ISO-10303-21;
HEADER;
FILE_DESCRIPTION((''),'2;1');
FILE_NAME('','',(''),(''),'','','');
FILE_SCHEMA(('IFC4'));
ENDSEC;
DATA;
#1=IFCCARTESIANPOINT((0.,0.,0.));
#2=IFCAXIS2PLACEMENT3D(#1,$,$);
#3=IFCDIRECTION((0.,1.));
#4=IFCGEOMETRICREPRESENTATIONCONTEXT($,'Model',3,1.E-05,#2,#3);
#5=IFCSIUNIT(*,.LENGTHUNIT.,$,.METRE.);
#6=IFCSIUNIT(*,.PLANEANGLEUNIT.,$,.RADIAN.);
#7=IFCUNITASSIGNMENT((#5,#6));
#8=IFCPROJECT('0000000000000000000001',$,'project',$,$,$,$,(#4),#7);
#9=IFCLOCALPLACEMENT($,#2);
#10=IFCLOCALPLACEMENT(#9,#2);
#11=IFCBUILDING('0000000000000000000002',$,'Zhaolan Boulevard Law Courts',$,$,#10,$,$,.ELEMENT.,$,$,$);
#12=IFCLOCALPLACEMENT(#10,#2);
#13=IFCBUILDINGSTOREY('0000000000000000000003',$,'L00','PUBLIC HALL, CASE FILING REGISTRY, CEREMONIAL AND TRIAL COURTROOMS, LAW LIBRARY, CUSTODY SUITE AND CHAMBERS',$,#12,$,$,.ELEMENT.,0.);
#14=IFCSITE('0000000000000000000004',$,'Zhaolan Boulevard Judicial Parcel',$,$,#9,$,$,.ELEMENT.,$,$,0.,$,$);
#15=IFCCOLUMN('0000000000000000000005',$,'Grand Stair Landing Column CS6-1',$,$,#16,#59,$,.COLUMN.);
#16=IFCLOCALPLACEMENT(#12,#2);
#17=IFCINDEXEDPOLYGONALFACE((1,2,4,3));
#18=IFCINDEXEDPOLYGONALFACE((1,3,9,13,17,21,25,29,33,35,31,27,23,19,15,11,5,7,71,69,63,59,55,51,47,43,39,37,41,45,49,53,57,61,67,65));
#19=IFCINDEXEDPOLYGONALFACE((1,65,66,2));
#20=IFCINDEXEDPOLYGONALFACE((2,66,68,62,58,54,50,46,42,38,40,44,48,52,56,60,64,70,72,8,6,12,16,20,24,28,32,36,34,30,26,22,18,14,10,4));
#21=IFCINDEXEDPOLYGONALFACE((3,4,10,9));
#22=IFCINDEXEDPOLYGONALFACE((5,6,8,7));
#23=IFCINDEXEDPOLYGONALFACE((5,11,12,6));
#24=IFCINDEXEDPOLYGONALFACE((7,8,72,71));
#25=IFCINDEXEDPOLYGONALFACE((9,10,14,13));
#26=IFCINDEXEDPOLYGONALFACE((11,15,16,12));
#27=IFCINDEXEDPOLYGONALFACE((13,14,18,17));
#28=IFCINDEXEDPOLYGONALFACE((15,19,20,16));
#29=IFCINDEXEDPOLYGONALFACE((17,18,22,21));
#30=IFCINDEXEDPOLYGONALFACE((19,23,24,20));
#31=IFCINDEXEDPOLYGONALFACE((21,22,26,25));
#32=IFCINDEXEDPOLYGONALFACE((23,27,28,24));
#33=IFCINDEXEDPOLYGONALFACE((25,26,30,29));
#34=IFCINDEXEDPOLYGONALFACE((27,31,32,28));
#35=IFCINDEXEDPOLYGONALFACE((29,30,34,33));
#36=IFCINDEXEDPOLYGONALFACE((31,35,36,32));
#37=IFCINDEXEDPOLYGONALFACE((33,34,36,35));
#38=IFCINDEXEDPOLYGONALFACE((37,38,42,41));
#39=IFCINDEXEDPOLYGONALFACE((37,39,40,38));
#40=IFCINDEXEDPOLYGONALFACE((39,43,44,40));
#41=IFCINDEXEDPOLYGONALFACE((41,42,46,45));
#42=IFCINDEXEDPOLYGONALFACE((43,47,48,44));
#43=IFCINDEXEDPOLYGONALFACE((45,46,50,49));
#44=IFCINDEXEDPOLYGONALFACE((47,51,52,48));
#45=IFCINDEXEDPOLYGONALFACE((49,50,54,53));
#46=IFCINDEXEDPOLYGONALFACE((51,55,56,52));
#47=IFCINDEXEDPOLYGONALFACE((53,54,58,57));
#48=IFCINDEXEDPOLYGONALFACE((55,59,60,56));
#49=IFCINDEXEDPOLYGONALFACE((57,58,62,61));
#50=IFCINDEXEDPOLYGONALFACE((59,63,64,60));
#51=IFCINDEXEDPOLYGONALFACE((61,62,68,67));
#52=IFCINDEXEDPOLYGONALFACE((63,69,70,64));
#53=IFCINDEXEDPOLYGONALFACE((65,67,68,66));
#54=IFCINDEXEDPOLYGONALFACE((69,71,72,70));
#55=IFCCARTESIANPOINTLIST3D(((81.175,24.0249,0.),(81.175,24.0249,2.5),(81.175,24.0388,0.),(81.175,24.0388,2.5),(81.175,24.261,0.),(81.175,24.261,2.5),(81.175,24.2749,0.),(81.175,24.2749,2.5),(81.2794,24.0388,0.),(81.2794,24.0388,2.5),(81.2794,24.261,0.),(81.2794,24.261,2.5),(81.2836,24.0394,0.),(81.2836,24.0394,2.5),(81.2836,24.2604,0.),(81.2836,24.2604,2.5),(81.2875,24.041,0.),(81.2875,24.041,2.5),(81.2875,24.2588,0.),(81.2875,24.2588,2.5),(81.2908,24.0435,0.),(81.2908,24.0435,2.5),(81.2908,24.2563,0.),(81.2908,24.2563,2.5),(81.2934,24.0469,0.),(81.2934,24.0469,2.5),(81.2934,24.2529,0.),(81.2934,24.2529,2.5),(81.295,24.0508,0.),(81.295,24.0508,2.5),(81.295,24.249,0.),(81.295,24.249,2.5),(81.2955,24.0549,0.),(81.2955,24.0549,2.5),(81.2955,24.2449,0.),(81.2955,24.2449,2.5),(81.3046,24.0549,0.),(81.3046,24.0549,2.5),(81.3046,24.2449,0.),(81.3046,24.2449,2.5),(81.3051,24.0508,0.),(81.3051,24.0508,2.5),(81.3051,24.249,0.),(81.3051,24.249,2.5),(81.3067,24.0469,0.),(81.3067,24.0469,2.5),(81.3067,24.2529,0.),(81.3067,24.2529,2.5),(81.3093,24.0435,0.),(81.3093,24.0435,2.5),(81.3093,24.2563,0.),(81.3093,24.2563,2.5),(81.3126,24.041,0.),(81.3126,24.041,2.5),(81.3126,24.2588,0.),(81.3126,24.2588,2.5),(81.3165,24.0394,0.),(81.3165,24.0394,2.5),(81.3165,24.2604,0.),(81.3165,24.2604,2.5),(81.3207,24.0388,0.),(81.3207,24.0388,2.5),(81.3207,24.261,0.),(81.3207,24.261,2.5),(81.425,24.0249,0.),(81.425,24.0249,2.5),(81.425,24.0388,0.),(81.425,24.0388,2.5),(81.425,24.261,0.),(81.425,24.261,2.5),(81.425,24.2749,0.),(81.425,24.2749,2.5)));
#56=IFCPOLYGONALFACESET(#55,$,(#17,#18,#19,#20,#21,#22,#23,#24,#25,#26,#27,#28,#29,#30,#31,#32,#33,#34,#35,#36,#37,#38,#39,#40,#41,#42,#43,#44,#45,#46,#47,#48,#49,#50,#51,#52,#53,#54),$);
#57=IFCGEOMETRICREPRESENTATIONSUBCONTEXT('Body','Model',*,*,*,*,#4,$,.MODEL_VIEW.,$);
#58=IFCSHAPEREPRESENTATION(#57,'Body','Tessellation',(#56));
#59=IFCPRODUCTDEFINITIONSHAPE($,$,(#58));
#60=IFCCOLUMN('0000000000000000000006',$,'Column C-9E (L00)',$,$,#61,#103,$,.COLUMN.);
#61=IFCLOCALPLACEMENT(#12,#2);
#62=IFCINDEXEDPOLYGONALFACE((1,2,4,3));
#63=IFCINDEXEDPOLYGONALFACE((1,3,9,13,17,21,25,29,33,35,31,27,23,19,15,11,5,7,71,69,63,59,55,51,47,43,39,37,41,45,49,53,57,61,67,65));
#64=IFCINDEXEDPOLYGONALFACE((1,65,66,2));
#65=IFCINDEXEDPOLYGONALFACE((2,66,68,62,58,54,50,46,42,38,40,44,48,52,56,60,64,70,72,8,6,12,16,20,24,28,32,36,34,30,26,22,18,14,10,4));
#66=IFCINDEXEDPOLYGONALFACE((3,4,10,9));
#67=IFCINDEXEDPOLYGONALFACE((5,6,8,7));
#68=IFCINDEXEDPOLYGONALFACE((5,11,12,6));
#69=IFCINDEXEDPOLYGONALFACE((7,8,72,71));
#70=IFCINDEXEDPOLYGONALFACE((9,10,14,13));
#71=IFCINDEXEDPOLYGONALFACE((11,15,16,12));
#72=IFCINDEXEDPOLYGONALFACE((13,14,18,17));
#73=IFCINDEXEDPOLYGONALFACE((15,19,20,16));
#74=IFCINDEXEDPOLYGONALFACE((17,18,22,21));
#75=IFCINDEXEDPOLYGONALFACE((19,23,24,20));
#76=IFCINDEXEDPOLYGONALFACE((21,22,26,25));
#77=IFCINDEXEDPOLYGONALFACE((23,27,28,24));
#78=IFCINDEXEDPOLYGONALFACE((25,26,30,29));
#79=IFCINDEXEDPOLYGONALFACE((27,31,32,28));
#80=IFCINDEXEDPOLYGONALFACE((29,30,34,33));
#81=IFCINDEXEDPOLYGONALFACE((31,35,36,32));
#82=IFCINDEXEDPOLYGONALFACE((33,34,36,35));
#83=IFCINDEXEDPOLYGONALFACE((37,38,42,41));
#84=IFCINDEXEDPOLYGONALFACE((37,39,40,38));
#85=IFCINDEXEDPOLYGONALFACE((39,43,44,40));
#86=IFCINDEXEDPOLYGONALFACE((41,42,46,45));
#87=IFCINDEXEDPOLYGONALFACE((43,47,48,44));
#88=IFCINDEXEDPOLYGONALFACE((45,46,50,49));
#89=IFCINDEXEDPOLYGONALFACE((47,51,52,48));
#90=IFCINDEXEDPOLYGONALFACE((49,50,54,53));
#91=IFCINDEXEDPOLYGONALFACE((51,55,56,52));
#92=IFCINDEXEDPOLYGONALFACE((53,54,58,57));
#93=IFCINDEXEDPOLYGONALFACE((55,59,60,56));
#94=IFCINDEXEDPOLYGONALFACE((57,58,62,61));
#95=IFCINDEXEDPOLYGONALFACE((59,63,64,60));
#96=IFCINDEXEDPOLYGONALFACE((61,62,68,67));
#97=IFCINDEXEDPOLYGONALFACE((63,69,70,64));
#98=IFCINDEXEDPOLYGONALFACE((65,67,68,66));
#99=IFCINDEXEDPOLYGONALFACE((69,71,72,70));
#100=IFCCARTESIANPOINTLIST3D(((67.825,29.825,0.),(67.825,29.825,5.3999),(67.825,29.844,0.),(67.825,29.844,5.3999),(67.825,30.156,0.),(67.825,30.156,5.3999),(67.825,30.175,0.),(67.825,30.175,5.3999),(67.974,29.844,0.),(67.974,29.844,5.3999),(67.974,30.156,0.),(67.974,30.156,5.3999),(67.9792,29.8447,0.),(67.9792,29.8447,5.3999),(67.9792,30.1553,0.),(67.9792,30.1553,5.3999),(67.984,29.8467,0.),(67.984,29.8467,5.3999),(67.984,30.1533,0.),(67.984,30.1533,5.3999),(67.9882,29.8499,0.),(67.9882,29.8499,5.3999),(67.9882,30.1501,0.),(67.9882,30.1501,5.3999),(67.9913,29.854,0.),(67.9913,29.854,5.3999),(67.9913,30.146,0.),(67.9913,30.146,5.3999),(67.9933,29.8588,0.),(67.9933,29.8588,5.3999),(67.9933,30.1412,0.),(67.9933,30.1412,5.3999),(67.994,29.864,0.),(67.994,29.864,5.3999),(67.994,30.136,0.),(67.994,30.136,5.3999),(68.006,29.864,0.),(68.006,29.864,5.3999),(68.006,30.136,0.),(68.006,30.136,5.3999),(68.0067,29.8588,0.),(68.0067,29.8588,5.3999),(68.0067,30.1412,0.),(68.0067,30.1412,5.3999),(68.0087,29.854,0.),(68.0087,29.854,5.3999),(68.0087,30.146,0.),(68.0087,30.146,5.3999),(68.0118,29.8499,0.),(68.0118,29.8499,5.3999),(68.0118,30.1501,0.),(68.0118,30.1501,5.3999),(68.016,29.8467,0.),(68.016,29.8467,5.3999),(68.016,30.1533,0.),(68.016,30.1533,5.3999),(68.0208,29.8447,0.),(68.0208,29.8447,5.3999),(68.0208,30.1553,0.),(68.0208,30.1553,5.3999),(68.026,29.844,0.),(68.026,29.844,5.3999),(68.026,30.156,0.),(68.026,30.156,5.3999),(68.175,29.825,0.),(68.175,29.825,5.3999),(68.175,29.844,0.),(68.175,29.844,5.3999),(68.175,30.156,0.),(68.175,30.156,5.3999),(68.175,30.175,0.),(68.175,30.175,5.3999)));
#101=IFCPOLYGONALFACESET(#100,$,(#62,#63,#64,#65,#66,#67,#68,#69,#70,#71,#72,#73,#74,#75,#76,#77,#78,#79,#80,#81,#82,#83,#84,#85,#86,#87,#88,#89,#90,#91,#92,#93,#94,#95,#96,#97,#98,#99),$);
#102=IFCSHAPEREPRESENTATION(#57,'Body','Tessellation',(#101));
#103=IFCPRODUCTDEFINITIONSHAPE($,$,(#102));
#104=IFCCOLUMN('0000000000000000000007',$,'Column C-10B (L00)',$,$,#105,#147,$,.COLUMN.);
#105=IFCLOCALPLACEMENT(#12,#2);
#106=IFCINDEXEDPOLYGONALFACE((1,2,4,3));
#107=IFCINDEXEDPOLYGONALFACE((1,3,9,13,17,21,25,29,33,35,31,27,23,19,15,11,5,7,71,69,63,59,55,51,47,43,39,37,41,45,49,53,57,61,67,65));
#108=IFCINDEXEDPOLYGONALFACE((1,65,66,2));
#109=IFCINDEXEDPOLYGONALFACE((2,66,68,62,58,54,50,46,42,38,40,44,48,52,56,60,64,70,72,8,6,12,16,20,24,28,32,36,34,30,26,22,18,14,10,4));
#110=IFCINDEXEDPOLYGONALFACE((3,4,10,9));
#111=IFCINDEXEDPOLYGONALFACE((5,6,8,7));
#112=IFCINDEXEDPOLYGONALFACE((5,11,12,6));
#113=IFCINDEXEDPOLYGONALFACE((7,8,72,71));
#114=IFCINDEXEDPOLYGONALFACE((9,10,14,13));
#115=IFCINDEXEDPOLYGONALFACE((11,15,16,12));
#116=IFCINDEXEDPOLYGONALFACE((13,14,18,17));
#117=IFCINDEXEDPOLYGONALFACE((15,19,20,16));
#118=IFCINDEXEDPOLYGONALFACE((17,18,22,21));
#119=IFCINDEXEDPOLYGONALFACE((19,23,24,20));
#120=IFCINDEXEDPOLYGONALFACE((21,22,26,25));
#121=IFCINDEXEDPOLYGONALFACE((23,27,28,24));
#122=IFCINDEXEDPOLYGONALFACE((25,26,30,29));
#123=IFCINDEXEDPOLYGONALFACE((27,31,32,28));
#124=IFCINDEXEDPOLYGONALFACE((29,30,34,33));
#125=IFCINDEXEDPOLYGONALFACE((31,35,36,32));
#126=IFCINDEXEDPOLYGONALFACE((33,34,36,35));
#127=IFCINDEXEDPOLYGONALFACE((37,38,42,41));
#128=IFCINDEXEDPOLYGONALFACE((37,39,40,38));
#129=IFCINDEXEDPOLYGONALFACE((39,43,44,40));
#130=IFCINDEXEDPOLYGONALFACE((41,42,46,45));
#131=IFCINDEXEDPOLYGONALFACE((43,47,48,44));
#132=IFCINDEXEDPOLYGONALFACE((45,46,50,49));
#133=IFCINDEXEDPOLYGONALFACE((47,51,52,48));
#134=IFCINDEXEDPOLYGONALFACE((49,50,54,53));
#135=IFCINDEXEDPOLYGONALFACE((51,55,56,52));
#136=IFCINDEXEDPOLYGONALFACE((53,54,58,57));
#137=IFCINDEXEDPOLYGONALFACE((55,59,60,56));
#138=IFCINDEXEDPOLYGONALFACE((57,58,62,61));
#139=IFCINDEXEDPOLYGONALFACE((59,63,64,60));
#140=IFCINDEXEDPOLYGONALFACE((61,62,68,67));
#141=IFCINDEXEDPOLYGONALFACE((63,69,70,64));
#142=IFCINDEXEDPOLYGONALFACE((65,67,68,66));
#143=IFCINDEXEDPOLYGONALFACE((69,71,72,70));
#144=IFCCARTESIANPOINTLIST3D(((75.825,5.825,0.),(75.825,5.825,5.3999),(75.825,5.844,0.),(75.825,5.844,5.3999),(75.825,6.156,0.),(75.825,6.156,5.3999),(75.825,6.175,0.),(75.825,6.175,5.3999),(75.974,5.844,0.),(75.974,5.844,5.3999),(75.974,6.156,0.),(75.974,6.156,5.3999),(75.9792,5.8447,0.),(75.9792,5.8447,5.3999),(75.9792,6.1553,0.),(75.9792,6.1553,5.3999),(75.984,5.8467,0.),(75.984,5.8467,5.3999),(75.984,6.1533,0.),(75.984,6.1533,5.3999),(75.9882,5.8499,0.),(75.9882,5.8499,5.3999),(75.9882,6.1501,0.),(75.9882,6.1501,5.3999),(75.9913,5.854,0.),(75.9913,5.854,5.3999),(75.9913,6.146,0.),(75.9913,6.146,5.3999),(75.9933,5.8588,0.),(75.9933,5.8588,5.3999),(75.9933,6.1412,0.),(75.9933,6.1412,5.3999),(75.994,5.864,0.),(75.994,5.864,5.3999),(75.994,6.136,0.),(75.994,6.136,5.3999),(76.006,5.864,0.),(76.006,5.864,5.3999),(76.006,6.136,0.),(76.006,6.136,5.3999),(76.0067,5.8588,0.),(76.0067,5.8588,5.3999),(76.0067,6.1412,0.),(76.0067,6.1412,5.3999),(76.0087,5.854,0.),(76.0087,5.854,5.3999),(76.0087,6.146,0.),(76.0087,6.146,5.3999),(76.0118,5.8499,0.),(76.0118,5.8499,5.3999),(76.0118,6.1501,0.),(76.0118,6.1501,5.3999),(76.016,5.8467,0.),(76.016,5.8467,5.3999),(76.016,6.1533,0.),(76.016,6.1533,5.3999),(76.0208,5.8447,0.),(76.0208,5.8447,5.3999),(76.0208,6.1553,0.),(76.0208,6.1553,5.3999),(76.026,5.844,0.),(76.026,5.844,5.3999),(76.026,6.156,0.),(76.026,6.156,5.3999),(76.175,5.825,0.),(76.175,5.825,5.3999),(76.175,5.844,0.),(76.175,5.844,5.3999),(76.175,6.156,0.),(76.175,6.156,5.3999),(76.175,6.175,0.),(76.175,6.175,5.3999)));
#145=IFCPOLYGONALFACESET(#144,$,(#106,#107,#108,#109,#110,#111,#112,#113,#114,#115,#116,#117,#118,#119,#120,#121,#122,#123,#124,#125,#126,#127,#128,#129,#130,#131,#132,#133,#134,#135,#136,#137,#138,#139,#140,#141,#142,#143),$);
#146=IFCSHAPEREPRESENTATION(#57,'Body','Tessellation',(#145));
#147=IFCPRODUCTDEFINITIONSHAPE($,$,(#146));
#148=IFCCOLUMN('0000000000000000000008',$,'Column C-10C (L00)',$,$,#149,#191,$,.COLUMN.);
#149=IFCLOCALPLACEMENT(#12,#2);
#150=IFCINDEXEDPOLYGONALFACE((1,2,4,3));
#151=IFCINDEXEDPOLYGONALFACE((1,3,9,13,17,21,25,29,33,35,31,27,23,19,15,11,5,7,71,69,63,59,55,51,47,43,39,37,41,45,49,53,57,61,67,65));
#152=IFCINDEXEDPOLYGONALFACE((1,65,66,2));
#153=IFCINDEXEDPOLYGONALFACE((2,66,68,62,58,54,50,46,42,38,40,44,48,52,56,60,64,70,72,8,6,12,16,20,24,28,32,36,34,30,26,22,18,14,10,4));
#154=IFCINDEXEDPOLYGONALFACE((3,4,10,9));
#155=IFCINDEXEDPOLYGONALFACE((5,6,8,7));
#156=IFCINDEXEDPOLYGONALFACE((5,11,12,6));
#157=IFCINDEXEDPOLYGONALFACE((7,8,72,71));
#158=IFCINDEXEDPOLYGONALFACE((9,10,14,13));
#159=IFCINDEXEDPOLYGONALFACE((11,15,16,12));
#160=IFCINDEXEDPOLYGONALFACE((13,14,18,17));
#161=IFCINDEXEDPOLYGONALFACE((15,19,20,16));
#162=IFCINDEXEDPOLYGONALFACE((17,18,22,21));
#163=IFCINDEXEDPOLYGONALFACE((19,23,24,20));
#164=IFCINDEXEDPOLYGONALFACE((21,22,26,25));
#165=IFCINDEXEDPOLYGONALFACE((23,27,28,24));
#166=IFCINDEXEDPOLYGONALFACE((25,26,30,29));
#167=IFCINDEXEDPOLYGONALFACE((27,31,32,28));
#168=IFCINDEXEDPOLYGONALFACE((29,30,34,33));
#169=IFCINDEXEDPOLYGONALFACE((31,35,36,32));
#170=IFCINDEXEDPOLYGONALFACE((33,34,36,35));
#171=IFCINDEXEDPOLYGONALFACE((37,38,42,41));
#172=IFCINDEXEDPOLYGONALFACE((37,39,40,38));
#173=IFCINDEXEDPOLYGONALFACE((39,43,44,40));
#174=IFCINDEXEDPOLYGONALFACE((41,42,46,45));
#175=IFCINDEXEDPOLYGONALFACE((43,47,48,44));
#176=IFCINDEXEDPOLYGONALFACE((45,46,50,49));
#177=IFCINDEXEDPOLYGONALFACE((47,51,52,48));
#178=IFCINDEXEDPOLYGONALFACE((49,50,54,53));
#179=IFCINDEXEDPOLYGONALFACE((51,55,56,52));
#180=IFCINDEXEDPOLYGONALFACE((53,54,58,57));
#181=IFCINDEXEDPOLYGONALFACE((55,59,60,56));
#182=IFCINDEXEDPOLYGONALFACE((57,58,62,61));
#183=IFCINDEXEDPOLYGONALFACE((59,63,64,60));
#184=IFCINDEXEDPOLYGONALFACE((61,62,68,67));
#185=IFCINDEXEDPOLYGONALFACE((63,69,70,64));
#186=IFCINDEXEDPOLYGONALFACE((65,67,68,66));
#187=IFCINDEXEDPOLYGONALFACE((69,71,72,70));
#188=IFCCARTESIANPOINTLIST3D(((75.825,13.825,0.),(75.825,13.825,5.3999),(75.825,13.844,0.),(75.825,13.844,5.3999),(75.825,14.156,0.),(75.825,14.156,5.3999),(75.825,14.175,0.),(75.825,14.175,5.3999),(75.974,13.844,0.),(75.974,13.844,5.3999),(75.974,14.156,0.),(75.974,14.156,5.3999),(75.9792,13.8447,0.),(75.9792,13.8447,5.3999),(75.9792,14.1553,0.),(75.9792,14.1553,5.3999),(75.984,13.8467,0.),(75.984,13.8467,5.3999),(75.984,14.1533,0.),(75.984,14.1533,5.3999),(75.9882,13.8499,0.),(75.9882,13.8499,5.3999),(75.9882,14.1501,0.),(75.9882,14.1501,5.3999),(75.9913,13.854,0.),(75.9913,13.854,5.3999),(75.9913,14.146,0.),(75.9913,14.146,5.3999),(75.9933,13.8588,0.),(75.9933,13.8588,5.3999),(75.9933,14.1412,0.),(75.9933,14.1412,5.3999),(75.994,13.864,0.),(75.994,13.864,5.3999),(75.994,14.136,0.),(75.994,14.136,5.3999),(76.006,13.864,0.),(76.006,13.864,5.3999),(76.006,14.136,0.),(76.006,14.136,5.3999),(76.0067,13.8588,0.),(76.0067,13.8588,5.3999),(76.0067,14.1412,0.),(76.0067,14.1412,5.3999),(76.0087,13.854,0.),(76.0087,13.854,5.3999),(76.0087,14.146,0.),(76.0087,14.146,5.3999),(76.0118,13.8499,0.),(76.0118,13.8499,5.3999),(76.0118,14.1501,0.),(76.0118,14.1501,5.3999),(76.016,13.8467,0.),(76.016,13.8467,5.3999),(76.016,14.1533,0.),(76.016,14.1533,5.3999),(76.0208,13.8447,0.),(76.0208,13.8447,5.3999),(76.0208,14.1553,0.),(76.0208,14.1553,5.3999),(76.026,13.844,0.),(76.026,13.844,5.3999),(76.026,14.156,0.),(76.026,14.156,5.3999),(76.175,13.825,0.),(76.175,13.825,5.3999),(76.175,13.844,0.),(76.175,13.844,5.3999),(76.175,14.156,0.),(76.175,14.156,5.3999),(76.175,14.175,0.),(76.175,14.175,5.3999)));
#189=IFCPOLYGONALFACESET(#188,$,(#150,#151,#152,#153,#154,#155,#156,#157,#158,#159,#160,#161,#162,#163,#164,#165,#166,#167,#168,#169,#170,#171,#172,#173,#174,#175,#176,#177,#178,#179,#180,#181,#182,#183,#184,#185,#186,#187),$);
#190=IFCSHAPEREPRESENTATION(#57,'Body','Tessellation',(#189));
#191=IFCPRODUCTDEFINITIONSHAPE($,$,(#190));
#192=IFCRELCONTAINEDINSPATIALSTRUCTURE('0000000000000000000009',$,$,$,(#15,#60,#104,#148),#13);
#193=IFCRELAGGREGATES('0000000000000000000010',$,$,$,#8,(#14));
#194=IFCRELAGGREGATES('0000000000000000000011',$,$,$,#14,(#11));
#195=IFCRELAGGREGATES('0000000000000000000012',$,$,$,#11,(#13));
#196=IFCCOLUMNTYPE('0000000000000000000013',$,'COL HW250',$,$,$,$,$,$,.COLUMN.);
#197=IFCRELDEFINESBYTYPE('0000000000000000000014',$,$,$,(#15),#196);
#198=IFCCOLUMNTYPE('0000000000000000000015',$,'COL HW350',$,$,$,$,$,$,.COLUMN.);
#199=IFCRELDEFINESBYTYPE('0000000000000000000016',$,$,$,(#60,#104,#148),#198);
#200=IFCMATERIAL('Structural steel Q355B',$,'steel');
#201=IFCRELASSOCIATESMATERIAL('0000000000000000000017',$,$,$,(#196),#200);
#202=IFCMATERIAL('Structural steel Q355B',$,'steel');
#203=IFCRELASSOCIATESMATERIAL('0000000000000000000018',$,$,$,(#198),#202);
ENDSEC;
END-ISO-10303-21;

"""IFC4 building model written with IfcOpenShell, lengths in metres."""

from ifc_helpers import new_model, si_unit, direction, frame, origin, origin_2d, place, context, subcontext, project, spatial, i_section, extrude, material, material_profile, profile_set, type_object, element, save


model = new_model("IFC4")

# Units and contexts
model_context = context("Model", 3, precision=1e-05, world=origin(), true_north=direction((0.0, 1.0)))
body_context = subcontext(model_context, "Body", "Model", "MODEL_VIEW")
ifc_project = project(units=[si_unit("LENGTHUNIT", "METRE"), si_unit("PLANEANGLEUNIT", "RADIAN")], contexts=[model_context])

# Site, building, storey
site_placement = place(None, origin())
site = spatial("IfcSite", under=ifc_project, at=site_placement, Name="Zhaolan Boulevard Judicial Parcel", CompositionType="ELEMENT", RefElevation=0.0)
building_placement = place(site_placement, origin())
building = spatial("IfcBuilding", under=site, at=building_placement, Name="Zhaolan Boulevard Law Courts", CompositionType="ELEMENT")
storey_placement = place(building_placement, origin())
storey = spatial("IfcBuildingStorey", under=building, at=storey_placement, Name="L00", Description="PUBLIC HALL, CASE FILING REGISTRY, CEREMONIAL AND TRIAL COURTROOMS, LAW LIBRARY, CUSTODY SUITE AND CHAMBERS", CompositionType="ELEMENT", Elevation=0.0)

# Columns
ifc_material_1 = material(Name="Structural steel Q355B", Category="steel")
ifc_material_profile_1 = material_profile(ifc_material_1, i_section(OverallWidth=0.25, OverallDepth=0.25, WebThickness=0.009, FlangeThickness=0.0139, FilletRadius=0.0161, at=origin_2d()), Name="HW250x250")
ifc_profile_set_1 = profile_set([ifc_material_profile_1], Name="Structural steel Q355B")
column_type_1 = type_object("IfcColumnType", Name="COL HW250", PredefinedType="COLUMN", material=ifc_profile_set_1)
column_placement = place(storey_placement, frame((81.3, 24.1499, 0.0), z_axis=(0.0, 0.0, 1.0), x_axis=(1.0, 0.0, 0.0)))
element("IfcColumn", 1, at=column_placement, inside=storey, type_object=column_type_1, Name="Grand Stair Landing Column CS6-1", PredefinedType="COLUMN", context=body_context, shape_type="SweptSolid", body=[
    extrude(i_section(OverallWidth=0.25, OverallDepth=0.25, WebThickness=0.009, FlangeThickness=0.0139, FilletRadius=0.0161, at=origin_2d()), origin(), (0.0, 0.0, 1.0), 2.5),
])
ifc_material_2 = material(Name="Structural steel Q355B", Category="steel")
ifc_material_profile_2 = material_profile(ifc_material_2, i_section(OverallWidth=0.3501, OverallDepth=0.3501, WebThickness=0.012, FlangeThickness=0.019, FilletRadius=0.02, at=origin_2d()), Name="HW350x350")
ifc_profile_set_2 = profile_set([ifc_material_profile_2], Name="Structural steel Q355B")
column_type_2 = type_object("IfcColumnType", Name="COL HW350", PredefinedType="COLUMN", material=ifc_profile_set_2)
for number, where, z_axis, x_axis, name in (
    (2, (68.0, 30.0, 0.0), (0.0, 0.0, 1.0), (1.0, 0.0, 0.0), "Column C-9E (L00)"),
    (3, (76.0, 6.0, 0.0), (0.0, 0.0, 1.0), (1.0, 0.0, 0.0), "Column C-10B (L00)"),
    (4, (76.0, 14.0, 0.0), (0.0, 0.0, 1.0), (1.0, 0.0, 0.0), "Column C-10C (L00)"),
):
    element("IfcColumn", number, at=place(storey_placement, frame(where, z_axis=z_axis, x_axis=x_axis)), inside=storey, type_object=column_type_2, Name=name, PredefinedType="COLUMN", context=body_context, shape_type="SweptSolid", body=[
        extrude(i_section(OverallWidth=0.3501, OverallDepth=0.3501, WebThickness=0.012, FlangeThickness=0.019, FilletRadius=0.02, at=origin_2d()), origin(), (0.0, 0.0, 1.0), 5.3999),
    ])

save(model, "model.ifc")
